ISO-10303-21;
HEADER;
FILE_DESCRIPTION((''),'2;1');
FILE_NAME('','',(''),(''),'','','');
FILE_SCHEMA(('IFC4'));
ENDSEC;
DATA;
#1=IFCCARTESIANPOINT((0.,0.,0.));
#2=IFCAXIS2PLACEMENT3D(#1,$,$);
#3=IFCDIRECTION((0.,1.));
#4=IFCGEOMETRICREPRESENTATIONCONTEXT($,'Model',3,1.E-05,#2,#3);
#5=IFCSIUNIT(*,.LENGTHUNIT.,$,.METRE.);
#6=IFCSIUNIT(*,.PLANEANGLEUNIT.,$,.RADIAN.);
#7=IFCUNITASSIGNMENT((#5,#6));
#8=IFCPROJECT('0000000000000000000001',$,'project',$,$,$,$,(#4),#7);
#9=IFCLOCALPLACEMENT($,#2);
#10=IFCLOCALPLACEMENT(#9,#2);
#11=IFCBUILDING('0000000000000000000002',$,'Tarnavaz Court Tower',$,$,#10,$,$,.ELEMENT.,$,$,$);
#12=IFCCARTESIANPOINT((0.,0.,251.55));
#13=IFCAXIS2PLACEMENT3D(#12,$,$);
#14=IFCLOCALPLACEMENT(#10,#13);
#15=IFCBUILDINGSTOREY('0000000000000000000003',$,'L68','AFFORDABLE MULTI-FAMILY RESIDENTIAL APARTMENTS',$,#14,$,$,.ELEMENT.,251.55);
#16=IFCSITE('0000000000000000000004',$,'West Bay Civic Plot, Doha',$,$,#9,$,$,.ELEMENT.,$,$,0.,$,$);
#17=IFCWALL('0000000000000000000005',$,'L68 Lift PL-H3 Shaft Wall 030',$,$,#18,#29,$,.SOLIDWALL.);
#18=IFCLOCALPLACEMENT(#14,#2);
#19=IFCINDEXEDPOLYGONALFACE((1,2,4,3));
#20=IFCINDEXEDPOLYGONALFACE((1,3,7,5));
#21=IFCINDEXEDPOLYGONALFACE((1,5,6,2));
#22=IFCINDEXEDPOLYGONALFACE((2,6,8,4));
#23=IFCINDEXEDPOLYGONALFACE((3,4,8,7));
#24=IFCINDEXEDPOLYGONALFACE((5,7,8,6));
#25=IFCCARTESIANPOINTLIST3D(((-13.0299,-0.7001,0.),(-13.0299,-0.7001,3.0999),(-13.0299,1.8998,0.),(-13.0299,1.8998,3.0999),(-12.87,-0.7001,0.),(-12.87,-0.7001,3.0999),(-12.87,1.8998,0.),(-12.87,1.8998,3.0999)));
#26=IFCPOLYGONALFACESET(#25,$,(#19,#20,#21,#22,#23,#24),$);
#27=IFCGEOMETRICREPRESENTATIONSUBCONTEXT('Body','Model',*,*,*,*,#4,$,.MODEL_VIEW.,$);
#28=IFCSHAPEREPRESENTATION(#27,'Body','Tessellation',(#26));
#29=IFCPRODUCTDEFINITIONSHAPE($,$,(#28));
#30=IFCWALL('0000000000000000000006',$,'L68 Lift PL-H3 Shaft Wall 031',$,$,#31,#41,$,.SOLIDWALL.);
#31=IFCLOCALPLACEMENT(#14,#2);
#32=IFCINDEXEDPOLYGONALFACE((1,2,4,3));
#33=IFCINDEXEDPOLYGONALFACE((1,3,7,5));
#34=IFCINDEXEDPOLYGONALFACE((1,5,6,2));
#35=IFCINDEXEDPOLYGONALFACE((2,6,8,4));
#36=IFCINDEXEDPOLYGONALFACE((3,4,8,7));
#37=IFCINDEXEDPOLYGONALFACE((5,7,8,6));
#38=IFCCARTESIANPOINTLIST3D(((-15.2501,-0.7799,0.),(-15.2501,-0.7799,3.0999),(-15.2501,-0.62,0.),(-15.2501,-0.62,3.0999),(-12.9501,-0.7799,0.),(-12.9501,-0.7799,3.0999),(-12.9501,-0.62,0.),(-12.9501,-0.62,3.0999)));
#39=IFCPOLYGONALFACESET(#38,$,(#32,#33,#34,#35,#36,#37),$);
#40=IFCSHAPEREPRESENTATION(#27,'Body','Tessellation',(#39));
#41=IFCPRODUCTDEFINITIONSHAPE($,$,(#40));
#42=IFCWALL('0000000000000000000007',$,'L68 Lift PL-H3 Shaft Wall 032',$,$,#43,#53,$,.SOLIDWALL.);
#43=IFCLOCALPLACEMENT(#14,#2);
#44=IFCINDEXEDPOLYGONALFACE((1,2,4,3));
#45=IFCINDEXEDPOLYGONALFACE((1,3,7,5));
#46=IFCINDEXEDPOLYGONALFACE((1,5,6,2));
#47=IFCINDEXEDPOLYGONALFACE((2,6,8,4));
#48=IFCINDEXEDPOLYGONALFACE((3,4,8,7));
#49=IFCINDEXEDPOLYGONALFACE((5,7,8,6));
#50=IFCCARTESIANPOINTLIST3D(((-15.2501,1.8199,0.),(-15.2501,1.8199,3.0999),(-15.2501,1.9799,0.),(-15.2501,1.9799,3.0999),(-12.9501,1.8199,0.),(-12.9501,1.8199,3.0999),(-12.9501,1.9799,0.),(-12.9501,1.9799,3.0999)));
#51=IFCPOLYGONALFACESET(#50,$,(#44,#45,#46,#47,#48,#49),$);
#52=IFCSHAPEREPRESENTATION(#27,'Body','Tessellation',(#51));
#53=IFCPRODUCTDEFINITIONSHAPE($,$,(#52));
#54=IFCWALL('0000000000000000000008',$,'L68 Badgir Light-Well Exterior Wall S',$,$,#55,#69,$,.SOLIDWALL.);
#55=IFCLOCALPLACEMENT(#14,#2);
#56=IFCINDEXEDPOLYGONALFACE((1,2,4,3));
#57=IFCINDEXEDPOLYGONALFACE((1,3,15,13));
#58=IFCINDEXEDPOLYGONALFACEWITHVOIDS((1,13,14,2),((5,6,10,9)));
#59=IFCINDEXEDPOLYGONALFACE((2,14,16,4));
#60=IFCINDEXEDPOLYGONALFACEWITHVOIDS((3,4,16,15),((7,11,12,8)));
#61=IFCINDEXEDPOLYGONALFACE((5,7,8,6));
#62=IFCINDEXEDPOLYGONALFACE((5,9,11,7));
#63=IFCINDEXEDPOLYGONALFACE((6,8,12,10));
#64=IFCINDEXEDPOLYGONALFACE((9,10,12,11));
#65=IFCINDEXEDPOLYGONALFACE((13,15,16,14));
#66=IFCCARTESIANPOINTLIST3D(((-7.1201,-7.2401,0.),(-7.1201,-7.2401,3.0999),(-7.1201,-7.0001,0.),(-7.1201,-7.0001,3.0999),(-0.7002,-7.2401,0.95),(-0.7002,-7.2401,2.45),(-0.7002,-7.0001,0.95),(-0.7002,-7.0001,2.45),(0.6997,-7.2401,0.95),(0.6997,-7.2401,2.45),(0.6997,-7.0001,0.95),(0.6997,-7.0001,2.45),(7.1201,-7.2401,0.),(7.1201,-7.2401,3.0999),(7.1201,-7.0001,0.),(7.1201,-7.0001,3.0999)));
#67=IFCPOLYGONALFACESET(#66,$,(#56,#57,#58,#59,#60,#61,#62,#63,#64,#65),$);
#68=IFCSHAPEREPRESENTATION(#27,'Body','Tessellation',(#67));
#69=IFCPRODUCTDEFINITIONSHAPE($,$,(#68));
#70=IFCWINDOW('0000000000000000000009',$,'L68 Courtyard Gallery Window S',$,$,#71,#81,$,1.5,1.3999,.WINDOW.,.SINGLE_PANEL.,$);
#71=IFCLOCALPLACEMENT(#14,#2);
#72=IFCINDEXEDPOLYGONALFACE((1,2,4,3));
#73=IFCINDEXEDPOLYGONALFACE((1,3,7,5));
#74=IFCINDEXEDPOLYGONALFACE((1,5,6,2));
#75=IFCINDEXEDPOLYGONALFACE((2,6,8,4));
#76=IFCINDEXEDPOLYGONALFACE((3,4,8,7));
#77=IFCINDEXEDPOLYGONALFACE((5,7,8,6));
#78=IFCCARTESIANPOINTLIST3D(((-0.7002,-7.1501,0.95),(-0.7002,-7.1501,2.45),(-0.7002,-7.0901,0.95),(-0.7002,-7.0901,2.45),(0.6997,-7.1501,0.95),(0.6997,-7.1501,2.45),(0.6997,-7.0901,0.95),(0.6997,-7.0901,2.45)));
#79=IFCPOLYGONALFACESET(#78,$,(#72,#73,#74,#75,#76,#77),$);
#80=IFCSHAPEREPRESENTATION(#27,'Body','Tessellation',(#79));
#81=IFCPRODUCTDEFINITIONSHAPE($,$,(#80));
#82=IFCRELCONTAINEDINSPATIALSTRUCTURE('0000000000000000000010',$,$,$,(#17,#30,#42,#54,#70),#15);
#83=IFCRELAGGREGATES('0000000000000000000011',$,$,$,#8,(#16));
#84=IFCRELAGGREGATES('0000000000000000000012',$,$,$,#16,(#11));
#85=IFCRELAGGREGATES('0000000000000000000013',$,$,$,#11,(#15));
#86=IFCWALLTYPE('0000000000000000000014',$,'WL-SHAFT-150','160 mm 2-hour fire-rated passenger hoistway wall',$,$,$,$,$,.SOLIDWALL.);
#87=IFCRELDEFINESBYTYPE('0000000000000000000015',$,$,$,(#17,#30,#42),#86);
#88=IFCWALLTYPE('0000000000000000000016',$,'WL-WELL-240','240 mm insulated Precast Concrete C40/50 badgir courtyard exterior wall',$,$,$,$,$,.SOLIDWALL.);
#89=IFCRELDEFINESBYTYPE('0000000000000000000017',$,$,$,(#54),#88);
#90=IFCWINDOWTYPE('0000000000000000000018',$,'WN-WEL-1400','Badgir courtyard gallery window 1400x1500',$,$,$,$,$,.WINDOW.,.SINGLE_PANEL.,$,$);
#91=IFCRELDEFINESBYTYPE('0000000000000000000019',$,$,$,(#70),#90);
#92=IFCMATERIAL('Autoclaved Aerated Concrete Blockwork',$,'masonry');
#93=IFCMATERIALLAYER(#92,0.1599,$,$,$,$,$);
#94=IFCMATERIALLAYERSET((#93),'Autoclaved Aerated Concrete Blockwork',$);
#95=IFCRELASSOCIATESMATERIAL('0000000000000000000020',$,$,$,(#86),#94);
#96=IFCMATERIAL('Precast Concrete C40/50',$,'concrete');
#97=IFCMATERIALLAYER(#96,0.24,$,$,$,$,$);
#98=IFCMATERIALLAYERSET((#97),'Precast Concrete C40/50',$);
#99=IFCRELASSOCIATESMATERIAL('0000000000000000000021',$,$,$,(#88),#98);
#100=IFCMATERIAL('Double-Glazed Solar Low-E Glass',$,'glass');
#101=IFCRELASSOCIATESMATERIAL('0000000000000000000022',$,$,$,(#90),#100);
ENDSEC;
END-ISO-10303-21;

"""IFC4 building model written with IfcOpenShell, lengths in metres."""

from ifc_helpers import new_model, si_unit, direction, frame, frame_2d, origin, place, context, subcontext, project, spatial, rectangle, extrude, material, layer, layer_set, type_object, element, fill, save


model = new_model("IFC4")

# Units and contexts
model_context = context("Model", 3, precision=1e-05, world=origin(), true_north=direction((0.0, 1.0)))
body_context = subcontext(model_context, "Body", "Model", "MODEL_VIEW")
ifc_project = project(units=[si_unit("LENGTHUNIT", "METRE"), si_unit("PLANEANGLEUNIT", "RADIAN")], contexts=[model_context])

# Site, building, storey
site_placement = place(None, origin())
site = spatial("IfcSite", under=ifc_project, at=site_placement, Name="West Bay Civic Plot, Doha", CompositionType="ELEMENT", RefElevation=0.0)
building_placement = place(site_placement, origin())
building = spatial("IfcBuilding", under=site, at=building_placement, Name="Tarnavaz Court Tower", CompositionType="ELEMENT")
storey_placement = place(building_placement, frame((0.0, 0.0, 251.55)))
storey = spatial("IfcBuildingStorey", under=building, at=storey_placement, Name="L68", Description="AFFORDABLE MULTI-FAMILY RESIDENTIAL APARTMENTS", CompositionType="ELEMENT", Elevation=251.55)

# Shared definitions
ifc_material_1 = material(Name="Autoclaved Aerated Concrete Blockwork", Category="masonry")
ifc_layer_1 = layer(ifc_material_1, 0.1599)
ifc_layer_set_1 = layer_set([ifc_layer_1], Name="Autoclaved Aerated Concrete Blockwork")
wall_type_1 = type_object("IfcWallType", Name="WL-SHAFT-150", Description="160 mm 2-hour fire-rated passenger hoistway wall", PredefinedType="SOLIDWALL", material=ifc_layer_set_1)

# Walls
wall_1_placement = place(storey_placement, frame((-12.95, -0.7, 0.0), z_axis=(0.0, 0.0, 1.0), x_axis=(0.0, 1.0, 0.0)))
element("IfcWall", 1, at=wall_1_placement, inside=storey, type_object=wall_type_1, Name="L68 Lift PL-H3 Shaft Wall 030", PredefinedType="SOLIDWALL", context=body_context, shape_type="SweptSolid", body=[
    extrude(rectangle(XDim=2.5999, YDim=0.1599, at=frame_2d((1.2998, 0.0))), origin(), (0.0, 0.0, 1.0), 3.0999),
])
for number, where, z_axis, x_axis, name in (
    (2, (-15.25, -0.7, 0.0), (0.0, 0.0, 1.0), (1.0, 0.0, 0.0), "L68 Lift PL-H3 Shaft Wall 031"),
    (3, (-15.25, 1.8999, 0.0), (0.0, 0.0, 1.0), (1.0, 0.0, 0.0), "L68 Lift PL-H3 Shaft Wall 032"),
):
    element("IfcWall", number, at=place(storey_placement, frame(where, z_axis=z_axis, x_axis=x_axis)), inside=storey, type_object=wall_type_1, Name=name, PredefinedType="SOLIDWALL", context=body_context, shape_type="SweptSolid", body=[
        extrude(rectangle(XDim=2.3, YDim=0.1599, at=frame_2d((1.1499, 0.0))), origin(), (0.0, 0.0, 1.0), 3.0999),
    ])

# Wall, opening, window
ifc_material_2 = material(Name="Precast Concrete C40/50", Category="concrete")
ifc_layer_2 = layer(ifc_material_2, 0.24)
ifc_layer_set_2 = layer_set([ifc_layer_2], Name="Precast Concrete C40/50")
wall_type_2 = type_object("IfcWallType", Name="WL-WELL-240", Description="240 mm insulated Precast Concrete C40/50 badgir courtyard exterior wall", PredefinedType="SOLIDWALL", material=ifc_layer_set_2)
wall_2_placement = place(storey_placement, frame((-7.1201, -7.1201, 0.0), z_axis=(0.0, 0.0, 1.0), x_axis=(1.0, 0.0, 0.0)))
wall_2 = element("IfcWall", 4, at=wall_2_placement, inside=storey, type_object=wall_type_2, Name="L68 Badgir Light-Well Exterior Wall S", PredefinedType="SOLIDWALL", context=body_context, shape_type="SweptSolid", body=[
    extrude(rectangle(XDim=14.2402, YDim=0.24, at=frame_2d((7.1201, 0.0))), origin(), (0.0, 0.0, 1.0), 3.0999),
])
opening_1_placement = place(wall_2_placement, frame((6.4199, 0.0, 0.95)))
opening_1 = element("IfcOpeningElement", 5, at=opening_1_placement, cuts=wall_2, PredefinedType="OPENING", context=body_context, shape_type="SweptSolid", body=[
    extrude(rectangle(XDim=1.3999, YDim=1.5, at=frame_2d((0.7, 0.75))), frame((0.0, 0.1299, 0.0), z_axis=(0.0, -1.0, 0.0), x_axis=(1.0, 0.0, 0.0)), (0.0, 0.0, 1.0), 0.26),
])
ifc_material_3 = material(Name="Double-Glazed Solar Low-E Glass", Category="glass")
window_type = type_object("IfcWindowType", Name="WN-WEL-1400", Description="Badgir courtyard gallery window 1400x1500", PartitioningType="SINGLE_PANEL", PredefinedType="WINDOW", material=ifc_material_3)
window_placement = place(opening_1_placement, origin())
window = element("IfcWindow", 6, at=window_placement, inside=storey, type_object=window_type, Name="L68 Courtyard Gallery Window S", OverallHeight=1.5, OverallWidth=1.3999, PartitioningType="SINGLE_PANEL", PredefinedType="WINDOW", context=body_context, shape_type="SweptSolid", body=[
    extrude(rectangle(XDim=1.3999, YDim=1.5, at=frame_2d((0.7, 0.75))), frame((0.0, 0.03, 0.0), z_axis=(0.0, -1.0, 0.0), x_axis=(1.0, 0.0, 0.0)), (0.0, 0.0, 1.0), 0.0601),
])
fill(opening_1, window)

save(model, "model.ifc")
